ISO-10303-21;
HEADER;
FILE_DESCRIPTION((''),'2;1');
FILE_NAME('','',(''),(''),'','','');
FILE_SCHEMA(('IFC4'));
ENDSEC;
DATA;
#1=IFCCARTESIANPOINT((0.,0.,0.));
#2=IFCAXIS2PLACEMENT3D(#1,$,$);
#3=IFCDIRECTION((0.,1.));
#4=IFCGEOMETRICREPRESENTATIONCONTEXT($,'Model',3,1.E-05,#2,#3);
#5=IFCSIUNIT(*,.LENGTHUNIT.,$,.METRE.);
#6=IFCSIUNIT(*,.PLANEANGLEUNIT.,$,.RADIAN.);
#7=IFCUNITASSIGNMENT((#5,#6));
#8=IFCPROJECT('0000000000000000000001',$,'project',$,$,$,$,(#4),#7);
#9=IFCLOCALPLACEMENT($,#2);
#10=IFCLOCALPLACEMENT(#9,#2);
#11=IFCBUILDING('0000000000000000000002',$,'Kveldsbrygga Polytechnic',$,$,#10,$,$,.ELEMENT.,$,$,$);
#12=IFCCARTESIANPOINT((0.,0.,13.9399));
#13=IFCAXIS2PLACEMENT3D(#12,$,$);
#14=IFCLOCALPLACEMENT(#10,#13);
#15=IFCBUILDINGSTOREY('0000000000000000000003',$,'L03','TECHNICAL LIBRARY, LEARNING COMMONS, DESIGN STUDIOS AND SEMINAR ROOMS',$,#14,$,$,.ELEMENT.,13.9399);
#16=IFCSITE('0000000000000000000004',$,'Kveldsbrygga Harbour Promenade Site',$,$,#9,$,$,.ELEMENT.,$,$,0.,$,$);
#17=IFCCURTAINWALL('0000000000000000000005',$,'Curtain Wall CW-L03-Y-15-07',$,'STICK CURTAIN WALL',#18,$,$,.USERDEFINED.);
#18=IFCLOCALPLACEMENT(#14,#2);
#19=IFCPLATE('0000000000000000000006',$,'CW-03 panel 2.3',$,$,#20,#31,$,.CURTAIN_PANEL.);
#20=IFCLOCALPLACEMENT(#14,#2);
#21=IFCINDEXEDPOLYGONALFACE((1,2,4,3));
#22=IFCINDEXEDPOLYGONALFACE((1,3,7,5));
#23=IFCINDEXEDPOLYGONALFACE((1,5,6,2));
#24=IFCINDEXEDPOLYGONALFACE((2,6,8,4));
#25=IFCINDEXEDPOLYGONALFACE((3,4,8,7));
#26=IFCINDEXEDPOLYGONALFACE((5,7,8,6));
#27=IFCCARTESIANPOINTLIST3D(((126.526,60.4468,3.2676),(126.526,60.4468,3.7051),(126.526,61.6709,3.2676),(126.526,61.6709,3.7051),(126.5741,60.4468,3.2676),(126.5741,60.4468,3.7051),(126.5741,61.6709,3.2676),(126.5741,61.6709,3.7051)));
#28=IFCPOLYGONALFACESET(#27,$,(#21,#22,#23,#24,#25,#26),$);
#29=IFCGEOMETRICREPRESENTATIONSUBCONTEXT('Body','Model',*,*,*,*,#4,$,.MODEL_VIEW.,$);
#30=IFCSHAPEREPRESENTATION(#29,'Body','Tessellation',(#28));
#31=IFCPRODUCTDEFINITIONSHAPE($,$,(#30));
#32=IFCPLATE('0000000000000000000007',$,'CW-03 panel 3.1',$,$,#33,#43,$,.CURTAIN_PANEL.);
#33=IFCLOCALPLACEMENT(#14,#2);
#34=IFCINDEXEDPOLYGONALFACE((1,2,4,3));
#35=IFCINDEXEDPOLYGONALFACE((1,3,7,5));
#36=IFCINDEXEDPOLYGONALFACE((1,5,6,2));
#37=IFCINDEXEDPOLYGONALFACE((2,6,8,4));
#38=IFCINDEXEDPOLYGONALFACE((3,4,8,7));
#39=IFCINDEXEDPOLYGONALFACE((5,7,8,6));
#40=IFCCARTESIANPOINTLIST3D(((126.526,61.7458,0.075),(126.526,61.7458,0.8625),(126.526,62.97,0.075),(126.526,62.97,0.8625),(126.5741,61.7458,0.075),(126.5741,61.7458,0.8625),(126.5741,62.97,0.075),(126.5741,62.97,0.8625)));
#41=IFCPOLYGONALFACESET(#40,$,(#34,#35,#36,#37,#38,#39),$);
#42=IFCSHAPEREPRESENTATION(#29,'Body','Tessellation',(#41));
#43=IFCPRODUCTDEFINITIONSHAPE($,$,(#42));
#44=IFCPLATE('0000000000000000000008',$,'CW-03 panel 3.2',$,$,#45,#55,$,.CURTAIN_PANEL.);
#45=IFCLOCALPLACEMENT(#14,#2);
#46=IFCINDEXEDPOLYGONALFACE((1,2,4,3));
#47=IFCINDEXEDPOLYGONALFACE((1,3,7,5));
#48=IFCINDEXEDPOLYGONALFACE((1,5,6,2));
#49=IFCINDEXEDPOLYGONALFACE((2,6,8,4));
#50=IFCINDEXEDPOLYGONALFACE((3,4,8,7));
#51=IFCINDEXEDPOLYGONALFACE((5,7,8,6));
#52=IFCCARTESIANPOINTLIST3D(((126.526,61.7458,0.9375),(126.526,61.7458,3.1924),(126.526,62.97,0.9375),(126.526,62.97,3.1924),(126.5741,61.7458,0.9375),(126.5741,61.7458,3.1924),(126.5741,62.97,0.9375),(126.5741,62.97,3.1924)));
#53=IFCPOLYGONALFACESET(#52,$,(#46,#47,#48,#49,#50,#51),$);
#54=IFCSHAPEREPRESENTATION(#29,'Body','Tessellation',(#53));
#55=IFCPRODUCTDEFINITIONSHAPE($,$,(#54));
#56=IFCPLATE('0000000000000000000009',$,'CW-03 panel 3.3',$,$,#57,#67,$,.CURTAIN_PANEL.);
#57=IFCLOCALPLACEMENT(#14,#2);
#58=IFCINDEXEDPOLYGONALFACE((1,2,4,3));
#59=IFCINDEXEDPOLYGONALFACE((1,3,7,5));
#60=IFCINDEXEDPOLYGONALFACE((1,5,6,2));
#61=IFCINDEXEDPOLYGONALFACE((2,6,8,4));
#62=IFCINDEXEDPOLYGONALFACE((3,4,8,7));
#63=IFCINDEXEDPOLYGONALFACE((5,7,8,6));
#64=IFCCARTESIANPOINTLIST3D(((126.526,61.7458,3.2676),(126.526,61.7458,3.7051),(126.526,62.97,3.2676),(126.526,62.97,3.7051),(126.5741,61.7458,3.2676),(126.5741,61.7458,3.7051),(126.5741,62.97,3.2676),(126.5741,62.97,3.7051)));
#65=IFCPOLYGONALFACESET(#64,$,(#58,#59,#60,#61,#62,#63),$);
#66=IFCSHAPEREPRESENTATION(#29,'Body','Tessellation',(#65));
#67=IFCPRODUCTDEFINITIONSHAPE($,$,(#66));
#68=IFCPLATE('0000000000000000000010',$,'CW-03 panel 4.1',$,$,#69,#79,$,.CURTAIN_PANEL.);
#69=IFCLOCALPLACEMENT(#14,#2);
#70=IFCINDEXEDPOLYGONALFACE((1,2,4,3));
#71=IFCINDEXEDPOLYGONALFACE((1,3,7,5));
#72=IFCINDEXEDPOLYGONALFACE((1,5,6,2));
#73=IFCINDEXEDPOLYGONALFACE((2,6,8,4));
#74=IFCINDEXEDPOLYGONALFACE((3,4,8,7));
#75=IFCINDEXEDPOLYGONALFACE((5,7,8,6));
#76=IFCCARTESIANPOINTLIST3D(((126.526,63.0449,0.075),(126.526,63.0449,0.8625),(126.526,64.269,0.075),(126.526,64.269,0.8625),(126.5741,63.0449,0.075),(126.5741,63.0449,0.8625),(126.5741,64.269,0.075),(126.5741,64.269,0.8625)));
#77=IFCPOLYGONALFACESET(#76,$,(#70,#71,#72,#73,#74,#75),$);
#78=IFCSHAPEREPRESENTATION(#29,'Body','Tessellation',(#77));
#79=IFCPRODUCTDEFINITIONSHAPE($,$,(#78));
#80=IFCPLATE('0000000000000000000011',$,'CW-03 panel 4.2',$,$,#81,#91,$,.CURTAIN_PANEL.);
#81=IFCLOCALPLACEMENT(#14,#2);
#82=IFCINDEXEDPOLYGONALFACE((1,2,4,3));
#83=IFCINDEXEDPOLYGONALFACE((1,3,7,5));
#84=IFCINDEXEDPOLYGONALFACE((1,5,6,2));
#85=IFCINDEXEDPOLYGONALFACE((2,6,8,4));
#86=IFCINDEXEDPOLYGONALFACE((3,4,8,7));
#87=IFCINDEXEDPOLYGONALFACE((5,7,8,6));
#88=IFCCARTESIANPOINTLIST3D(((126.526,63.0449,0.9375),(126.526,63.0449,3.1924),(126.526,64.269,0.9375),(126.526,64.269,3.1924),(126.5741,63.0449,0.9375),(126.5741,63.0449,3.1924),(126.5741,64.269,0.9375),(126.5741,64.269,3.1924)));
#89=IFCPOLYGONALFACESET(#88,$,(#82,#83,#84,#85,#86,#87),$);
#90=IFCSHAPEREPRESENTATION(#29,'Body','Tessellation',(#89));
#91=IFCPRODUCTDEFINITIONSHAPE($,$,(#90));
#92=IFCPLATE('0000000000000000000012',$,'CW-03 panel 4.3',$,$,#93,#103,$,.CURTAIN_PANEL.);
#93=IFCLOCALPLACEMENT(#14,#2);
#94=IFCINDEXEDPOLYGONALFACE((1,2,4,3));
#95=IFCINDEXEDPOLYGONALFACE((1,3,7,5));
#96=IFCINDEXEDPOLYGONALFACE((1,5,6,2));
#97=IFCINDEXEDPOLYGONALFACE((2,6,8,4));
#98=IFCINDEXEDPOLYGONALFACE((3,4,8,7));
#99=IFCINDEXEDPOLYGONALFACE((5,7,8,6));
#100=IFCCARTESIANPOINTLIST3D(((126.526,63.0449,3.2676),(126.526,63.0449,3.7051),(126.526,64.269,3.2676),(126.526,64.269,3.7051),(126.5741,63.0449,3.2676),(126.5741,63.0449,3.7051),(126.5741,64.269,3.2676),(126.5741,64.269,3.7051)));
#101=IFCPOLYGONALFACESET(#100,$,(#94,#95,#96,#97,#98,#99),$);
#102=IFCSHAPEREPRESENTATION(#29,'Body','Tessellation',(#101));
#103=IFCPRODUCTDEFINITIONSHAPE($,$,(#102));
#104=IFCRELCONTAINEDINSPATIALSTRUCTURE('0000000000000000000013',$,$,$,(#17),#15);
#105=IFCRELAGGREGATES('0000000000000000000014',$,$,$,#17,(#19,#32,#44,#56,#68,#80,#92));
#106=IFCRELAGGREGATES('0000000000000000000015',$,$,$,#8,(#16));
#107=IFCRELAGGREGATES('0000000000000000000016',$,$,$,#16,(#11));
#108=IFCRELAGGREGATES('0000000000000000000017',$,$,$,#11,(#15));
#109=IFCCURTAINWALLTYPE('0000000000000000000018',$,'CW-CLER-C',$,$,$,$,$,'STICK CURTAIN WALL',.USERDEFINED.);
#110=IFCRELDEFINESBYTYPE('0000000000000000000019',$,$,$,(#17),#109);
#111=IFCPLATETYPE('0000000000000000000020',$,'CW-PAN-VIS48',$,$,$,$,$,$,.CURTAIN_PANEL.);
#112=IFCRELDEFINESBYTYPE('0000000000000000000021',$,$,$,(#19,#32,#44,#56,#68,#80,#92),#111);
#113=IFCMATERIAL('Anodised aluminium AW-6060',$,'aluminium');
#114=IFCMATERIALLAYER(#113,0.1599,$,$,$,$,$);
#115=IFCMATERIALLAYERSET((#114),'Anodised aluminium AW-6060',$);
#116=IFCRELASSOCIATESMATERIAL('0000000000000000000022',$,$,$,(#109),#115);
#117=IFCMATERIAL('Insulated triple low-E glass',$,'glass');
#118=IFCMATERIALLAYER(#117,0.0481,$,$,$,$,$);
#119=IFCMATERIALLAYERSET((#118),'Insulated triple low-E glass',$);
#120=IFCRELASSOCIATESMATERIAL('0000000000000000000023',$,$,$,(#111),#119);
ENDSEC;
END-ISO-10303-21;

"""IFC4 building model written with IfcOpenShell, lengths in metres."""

from ifc_helpers import new_model, si_unit, direction, frame, origin, origin_2d, place, context, subcontext, project, spatial, rectangle, extrude, material, layer, layer_set, type_object, element, aggregate, save


model = new_model("IFC4")

# Units and contexts
model_context = context("Model", 3, precision=1e-05, world=origin(), true_north=direction((0.0, 1.0)))
body_context = subcontext(model_context, "Body", "Model", "MODEL_VIEW")
ifc_project = project(units=[si_unit("LENGTHUNIT", "METRE"), si_unit("PLANEANGLEUNIT", "RADIAN")], contexts=[model_context])

# Site, building, storey
site_placement = place(None, origin())
site = spatial("IfcSite", under=ifc_project, at=site_placement, Name="Kveldsbrygga Harbour Promenade Site", CompositionType="ELEMENT", RefElevation=0.0)
building_placement = place(site_placement, origin())
building = spatial("IfcBuilding", under=site, at=building_placement, Name="Kveldsbrygga Polytechnic", CompositionType="ELEMENT")
storey_placement = place(building_placement, frame((0.0, 0.0, 13.9399)))
storey = spatial("IfcBuildingStorey", under=building, at=storey_placement, Name="L03", Description="TECHNICAL LIBRARY, LEARNING COMMONS, DESIGN STUDIOS AND SEMINAR ROOMS", CompositionType="ELEMENT", Elevation=13.9399)

# Curtain wall, plates
ifc_material_1 = material(Name="Anodised aluminium AW-6060", Category="aluminium")
ifc_layer_1 = layer(ifc_material_1, 0.1599)
ifc_layer_set_1 = layer_set([ifc_layer_1], Name="Anodised aluminium AW-6060")
curtain_wall_type = type_object("IfcCurtainWallType", Name="CW-CLER-C", ElementType="STICK CURTAIN WALL", PredefinedType="USERDEFINED", material=ifc_layer_set_1)
curtain_wall_placement = place(storey_placement, origin())
curtain_wall = element("IfcCurtainWall", 1, at=curtain_wall_placement, inside=storey, type_object=curtain_wall_type, Name="Curtain Wall CW-L03-Y-15-07", ObjectType="STICK CURTAIN WALL", PredefinedType="USERDEFINED")
ifc_material_2 = material(Name="Insulated triple low-E glass", Category="glass")
ifc_layer_2 = layer(ifc_material_2, 0.0481)
ifc_layer_set_2 = layer_set([ifc_layer_2], Name="Insulated triple low-E glass")
plate_type = type_object("IfcPlateType", Name="CW-PAN-VIS48", PredefinedType="CURTAIN_PANEL", material=ifc_layer_set_2)
plate_1_placement = place(storey_placement, frame((126.55, 61.0588, 3.2676), z_axis=(0.0, 0.0, 1.0), x_axis=(0.0, 1.0, 0.0)))
plate_1 = element("IfcPlate", 2, at=plate_1_placement, type_object=plate_type, Name="CW-03 panel 2.3", PredefinedType="CURTAIN_PANEL", context=body_context, shape_type="SweptSolid", body=[
    extrude(rectangle(XDim=1.2241, YDim=0.0481, at=origin_2d()), origin(), (0.0, 0.0, 1.0), 0.4375),
])
plate_2_placement = place(storey_placement, frame((126.55, 62.3579, 0.075), z_axis=(0.0, 0.0, 1.0), x_axis=(0.0, 1.0, 0.0)))
plate_2 = element("IfcPlate", 3, at=plate_2_placement, type_object=plate_type, Name="CW-03 panel 3.1", PredefinedType="CURTAIN_PANEL", context=body_context, shape_type="SweptSolid", body=[
    extrude(rectangle(XDim=1.2241, YDim=0.0481, at=origin_2d()), origin(), (0.0, 0.0, 1.0), 0.7876),
])
plate_3_placement = place(storey_placement, frame((126.55, 62.3579, 0.9375), z_axis=(0.0, 0.0, 1.0), x_axis=(0.0, 1.0, 0.0)))
plate_3 = element("IfcPlate", 4, at=plate_3_placement, type_object=plate_type, Name="CW-03 panel 3.2", PredefinedType="CURTAIN_PANEL", context=body_context, shape_type="SweptSolid", body=[
    extrude(rectangle(XDim=1.2241, YDim=0.0481, at=origin_2d()), origin(), (0.0, 0.0, 1.0), 2.2549),
])
plate_4_placement = place(storey_placement, frame((126.55, 62.3579, 3.2676), z_axis=(0.0, 0.0, 1.0), x_axis=(0.0, 1.0, 0.0)))
plate_4 = element("IfcPlate", 5, at=plate_4_placement, type_object=plate_type, Name="CW-03 panel 3.3", PredefinedType="CURTAIN_PANEL", context=body_context, shape_type="SweptSolid", body=[
    extrude(rectangle(XDim=1.2241, YDim=0.0481, at=origin_2d()), origin(), (0.0, 0.0, 1.0), 0.4375),
])
plate_5_placement = place(storey_placement, frame((126.55, 63.657, 0.075), z_axis=(0.0, 0.0, 1.0), x_axis=(0.0, 1.0, 0.0)))
plate_5 = element("IfcPlate", 6, at=plate_5_placement, type_object=plate_type, Name="CW-03 panel 4.1", PredefinedType="CURTAIN_PANEL", context=body_context, shape_type="SweptSolid", body=[
    extrude(rectangle(XDim=1.2241, YDim=0.0481, at=origin_2d()), origin(), (0.0, 0.0, 1.0), 0.7876),
])
plate_6_placement = place(storey_placement, frame((126.55, 63.657, 0.9375), z_axis=(0.0, 0.0, 1.0), x_axis=(0.0, 1.0, 0.0)))
plate_6 = element("IfcPlate", 7, at=plate_6_placement, type_object=plate_type, Name="CW-03 panel 4.2", PredefinedType="CURTAIN_PANEL", context=body_context, shape_type="SweptSolid", body=[
    extrude(rectangle(XDim=1.2241, YDim=0.0481, at=origin_2d()), origin(), (0.0, 0.0, 1.0), 2.2549),
])
plate_7_placement = place(storey_placement, frame((126.55, 63.657, 3.2676), z_axis=(0.0, 0.0, 1.0), x_axis=(0.0, 1.0, 0.0)))
plate_7 = element("IfcPlate", 8, at=plate_7_placement, type_object=plate_type, Name="CW-03 panel 4.3", PredefinedType="CURTAIN_PANEL", context=body_context, shape_type="SweptSolid", body=[
    extrude(rectangle(XDim=1.2241, YDim=0.0481, at=origin_2d()), origin(), (0.0, 0.0, 1.0), 0.4375),
])
aggregate(curtain_wall, [plate_1, plate_2, plate_3, plate_4, plate_5, plate_6, plate_7])

save(model, "model.ifc")
